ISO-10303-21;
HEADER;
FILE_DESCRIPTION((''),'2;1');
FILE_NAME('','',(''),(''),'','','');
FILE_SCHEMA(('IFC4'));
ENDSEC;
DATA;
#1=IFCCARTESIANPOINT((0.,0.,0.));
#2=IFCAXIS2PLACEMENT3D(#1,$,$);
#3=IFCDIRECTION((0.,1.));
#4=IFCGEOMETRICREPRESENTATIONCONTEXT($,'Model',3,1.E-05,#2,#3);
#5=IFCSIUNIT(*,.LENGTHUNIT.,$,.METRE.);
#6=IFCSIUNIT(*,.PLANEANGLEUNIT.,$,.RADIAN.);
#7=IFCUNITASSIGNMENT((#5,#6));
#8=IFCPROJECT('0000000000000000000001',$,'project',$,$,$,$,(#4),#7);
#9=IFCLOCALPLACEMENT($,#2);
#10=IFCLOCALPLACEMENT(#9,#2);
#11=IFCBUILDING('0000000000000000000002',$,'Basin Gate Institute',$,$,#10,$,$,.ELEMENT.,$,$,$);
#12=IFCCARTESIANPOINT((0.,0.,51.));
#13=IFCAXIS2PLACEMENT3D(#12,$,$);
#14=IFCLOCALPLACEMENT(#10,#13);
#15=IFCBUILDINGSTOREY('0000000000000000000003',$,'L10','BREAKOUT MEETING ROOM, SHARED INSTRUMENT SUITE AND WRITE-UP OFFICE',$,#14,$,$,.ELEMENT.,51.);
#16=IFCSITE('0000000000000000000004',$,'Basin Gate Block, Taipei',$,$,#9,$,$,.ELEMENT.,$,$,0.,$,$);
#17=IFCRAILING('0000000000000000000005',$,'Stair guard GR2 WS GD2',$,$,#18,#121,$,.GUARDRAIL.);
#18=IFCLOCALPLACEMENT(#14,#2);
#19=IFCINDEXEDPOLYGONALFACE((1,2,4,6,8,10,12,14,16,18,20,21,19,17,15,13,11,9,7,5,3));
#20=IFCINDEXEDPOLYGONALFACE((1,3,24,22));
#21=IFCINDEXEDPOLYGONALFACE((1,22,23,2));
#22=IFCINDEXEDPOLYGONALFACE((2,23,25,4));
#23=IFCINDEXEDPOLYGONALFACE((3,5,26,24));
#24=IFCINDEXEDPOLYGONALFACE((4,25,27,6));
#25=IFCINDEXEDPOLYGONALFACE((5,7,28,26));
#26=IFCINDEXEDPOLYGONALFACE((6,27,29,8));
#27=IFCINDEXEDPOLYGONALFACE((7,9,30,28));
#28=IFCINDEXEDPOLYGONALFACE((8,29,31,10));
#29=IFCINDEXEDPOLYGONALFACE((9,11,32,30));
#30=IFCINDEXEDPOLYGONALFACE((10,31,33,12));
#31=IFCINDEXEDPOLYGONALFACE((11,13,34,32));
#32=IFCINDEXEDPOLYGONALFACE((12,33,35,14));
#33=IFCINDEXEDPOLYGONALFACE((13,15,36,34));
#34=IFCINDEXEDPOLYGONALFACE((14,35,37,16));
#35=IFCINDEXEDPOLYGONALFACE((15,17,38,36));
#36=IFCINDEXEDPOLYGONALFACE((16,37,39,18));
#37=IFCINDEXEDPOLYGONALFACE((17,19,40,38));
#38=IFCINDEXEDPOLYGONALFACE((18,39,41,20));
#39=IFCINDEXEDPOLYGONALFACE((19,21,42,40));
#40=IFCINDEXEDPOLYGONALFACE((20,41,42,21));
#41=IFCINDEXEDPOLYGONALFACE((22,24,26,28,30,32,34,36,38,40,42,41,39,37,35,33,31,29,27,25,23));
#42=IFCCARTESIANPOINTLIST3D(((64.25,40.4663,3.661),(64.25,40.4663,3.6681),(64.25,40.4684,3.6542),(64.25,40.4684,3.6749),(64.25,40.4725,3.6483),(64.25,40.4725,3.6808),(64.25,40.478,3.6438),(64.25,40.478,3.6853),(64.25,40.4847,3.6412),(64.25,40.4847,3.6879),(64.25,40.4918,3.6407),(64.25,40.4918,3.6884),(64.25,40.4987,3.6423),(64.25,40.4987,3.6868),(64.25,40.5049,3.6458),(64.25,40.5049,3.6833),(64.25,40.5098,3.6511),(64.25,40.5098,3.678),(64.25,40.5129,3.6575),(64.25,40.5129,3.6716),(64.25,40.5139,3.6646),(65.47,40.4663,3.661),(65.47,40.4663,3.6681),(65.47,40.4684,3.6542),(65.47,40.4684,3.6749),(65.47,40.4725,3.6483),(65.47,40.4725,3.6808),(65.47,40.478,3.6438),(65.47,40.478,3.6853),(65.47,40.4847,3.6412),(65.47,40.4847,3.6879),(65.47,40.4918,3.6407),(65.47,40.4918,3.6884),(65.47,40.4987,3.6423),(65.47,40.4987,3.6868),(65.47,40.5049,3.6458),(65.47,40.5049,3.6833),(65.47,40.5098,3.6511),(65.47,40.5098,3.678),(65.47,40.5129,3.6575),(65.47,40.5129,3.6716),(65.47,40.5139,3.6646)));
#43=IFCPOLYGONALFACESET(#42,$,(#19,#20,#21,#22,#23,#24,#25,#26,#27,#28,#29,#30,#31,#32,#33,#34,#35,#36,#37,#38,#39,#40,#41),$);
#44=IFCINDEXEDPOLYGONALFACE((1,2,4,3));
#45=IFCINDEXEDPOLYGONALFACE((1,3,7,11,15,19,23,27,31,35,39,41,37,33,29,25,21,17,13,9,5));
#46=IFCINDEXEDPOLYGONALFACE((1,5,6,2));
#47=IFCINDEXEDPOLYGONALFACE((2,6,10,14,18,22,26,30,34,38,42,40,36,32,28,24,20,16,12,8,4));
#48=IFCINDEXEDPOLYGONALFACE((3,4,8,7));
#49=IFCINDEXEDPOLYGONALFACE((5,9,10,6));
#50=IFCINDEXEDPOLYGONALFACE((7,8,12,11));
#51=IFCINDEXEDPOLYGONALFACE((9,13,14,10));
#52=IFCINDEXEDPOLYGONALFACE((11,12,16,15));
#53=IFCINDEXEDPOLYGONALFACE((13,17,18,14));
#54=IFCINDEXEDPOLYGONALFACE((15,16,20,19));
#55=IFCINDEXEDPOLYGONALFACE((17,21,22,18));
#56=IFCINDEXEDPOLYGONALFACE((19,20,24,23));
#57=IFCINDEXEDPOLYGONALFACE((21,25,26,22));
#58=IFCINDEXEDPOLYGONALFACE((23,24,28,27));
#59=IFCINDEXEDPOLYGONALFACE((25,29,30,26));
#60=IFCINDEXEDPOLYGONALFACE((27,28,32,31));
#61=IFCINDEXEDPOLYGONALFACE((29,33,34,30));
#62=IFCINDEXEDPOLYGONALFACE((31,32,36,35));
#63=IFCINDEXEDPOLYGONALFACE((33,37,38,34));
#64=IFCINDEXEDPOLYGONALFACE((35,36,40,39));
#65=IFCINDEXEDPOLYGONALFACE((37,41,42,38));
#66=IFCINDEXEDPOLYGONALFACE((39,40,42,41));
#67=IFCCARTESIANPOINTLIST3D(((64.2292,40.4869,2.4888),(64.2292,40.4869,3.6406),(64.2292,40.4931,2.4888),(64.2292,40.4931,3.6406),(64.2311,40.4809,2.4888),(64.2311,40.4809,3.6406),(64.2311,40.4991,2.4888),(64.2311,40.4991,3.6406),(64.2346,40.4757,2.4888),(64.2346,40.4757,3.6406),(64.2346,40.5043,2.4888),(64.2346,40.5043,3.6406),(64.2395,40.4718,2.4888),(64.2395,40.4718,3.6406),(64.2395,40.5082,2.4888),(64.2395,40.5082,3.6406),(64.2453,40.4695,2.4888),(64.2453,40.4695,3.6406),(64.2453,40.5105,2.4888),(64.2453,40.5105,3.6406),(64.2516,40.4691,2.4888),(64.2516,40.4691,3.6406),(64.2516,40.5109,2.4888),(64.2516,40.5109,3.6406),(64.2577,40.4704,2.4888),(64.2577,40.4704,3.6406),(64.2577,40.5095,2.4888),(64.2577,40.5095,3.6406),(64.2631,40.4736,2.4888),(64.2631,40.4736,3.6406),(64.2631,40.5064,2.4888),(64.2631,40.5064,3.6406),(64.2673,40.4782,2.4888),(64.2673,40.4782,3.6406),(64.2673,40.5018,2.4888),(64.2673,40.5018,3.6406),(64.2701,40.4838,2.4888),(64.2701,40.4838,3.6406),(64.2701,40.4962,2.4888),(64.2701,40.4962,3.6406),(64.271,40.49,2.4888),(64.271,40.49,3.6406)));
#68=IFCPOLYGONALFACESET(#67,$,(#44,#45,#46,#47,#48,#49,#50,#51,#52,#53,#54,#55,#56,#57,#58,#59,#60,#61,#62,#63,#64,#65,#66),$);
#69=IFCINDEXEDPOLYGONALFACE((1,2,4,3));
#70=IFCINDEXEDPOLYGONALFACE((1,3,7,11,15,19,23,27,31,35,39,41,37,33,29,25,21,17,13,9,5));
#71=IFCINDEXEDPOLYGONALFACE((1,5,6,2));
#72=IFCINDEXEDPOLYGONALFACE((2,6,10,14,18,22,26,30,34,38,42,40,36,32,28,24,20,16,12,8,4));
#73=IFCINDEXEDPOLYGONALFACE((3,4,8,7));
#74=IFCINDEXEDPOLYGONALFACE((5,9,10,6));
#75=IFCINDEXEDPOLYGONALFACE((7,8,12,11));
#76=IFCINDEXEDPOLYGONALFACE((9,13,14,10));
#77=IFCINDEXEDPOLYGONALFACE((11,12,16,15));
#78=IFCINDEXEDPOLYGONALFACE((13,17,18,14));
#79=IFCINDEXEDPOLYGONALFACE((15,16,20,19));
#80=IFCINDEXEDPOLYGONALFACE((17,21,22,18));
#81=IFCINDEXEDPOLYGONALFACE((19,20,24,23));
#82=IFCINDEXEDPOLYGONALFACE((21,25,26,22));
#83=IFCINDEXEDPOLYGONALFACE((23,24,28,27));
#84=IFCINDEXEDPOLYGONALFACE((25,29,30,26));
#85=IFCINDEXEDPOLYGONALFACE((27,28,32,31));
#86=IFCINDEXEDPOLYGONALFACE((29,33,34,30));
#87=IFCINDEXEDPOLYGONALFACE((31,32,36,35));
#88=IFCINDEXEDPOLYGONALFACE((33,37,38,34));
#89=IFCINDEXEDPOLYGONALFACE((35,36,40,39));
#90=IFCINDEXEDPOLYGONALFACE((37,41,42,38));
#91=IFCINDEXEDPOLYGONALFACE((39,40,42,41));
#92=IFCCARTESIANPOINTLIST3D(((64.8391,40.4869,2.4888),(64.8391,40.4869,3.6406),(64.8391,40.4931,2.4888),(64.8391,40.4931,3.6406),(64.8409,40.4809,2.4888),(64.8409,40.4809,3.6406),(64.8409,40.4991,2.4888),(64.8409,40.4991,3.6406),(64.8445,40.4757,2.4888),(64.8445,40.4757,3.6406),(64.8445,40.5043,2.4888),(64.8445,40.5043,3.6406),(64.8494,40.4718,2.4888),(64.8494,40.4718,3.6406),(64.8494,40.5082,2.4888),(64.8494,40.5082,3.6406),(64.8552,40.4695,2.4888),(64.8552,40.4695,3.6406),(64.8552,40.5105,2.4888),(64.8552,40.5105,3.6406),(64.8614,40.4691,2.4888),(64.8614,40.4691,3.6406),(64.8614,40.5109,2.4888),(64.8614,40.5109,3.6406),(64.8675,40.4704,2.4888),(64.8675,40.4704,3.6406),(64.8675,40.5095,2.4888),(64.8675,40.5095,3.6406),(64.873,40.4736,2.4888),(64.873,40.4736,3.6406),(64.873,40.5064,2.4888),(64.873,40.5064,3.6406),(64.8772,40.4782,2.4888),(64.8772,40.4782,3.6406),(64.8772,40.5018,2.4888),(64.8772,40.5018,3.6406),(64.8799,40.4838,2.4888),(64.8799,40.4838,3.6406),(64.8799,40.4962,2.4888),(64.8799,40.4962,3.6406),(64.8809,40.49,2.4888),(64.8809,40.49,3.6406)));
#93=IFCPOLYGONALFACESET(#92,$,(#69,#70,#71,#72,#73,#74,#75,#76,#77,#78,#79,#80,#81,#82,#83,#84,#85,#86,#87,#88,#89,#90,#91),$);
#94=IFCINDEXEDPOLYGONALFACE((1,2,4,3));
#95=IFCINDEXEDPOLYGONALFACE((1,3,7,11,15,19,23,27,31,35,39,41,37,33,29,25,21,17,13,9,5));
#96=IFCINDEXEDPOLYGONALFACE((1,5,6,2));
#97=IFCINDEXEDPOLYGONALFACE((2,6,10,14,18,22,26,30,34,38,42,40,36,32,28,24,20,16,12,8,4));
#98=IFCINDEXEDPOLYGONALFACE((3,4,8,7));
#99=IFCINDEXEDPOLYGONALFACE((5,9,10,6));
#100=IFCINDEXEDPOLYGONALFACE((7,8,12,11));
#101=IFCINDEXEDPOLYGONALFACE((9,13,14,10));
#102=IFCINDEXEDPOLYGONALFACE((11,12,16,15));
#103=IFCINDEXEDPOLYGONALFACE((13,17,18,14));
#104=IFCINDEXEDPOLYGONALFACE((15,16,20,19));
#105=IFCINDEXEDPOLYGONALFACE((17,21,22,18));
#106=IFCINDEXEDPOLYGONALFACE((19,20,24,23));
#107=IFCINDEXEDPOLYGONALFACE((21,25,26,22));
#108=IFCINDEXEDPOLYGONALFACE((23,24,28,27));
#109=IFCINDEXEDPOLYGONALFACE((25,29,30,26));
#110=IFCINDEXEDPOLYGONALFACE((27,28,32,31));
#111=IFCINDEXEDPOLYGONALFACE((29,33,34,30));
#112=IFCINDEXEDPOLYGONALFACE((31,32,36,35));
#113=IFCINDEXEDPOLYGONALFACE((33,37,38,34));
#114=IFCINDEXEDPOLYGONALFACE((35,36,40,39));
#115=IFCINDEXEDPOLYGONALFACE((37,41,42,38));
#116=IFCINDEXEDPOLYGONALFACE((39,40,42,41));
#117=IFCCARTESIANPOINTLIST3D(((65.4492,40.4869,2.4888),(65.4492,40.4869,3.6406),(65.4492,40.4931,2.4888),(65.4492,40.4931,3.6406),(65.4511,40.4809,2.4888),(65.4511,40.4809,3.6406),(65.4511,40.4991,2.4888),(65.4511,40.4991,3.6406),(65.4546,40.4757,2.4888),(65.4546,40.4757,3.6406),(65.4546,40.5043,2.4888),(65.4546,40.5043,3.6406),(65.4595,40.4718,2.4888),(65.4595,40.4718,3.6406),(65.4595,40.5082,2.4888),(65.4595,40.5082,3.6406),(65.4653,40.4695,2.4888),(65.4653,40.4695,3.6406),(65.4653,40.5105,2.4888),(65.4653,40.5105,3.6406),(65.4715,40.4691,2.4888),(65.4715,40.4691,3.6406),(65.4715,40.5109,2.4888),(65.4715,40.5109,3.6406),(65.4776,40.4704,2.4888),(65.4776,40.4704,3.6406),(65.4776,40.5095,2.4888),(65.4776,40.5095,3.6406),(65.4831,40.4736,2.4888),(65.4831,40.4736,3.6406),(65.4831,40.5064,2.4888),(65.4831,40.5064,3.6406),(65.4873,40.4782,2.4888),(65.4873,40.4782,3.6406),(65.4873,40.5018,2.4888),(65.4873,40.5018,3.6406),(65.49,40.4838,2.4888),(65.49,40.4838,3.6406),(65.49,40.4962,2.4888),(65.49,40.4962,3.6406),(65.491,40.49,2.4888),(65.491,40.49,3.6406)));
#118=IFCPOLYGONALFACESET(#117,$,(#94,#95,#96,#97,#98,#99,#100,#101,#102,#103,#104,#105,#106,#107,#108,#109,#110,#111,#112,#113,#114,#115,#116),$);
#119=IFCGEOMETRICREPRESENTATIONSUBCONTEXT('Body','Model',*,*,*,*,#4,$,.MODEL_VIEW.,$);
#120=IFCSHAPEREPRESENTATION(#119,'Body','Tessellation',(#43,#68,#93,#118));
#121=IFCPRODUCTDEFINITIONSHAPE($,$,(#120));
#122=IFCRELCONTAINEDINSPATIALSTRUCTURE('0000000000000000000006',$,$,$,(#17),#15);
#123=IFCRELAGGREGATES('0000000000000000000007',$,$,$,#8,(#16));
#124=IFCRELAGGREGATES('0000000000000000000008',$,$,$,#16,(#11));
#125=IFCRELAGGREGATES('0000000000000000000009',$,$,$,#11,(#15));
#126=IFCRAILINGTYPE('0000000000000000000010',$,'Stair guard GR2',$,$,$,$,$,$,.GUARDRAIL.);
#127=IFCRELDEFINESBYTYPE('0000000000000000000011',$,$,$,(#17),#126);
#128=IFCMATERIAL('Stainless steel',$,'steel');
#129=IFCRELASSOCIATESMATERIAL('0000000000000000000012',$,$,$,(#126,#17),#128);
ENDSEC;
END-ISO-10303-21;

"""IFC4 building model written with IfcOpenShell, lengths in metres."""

from ifc_helpers import new_model, si_unit, direction, frame, origin, origin_2d, place, context, subcontext, project, spatial, circle, extrude, material, type_object, element, save


model = new_model("IFC4")

# Units and contexts
model_context = context("Model", 3, precision=1e-05, world=origin(), true_north=direction((0.0, 1.0)))
body_context = subcontext(model_context, "Body", "Model", "MODEL_VIEW")
ifc_project = project(units=[si_unit("LENGTHUNIT", "METRE"), si_unit("PLANEANGLEUNIT", "RADIAN")], contexts=[model_context])

# Site, building, storey
site_placement = place(None, origin())
site = spatial("IfcSite", under=ifc_project, at=site_placement, Name="Basin Gate Block, Taipei", CompositionType="ELEMENT", RefElevation=0.0)
building_placement = place(site_placement, origin())
building = spatial("IfcBuilding", under=site, at=building_placement, Name="Basin Gate Institute", CompositionType="ELEMENT")
storey_placement = place(building_placement, frame((0.0, 0.0, 51.0)))
storey = spatial("IfcBuildingStorey", under=building, at=storey_placement, Name="L10", Description="BREAKOUT MEETING ROOM, SHARED INSTRUMENT SUITE AND WRITE-UP OFFICE", CompositionType="ELEMENT", Elevation=51.0)

# Railing
ifc_material_1 = material(Name="Stainless steel", Category="steel")
railing_type_1 = type_object("IfcRailingType", Name="Stair guard GR2", PredefinedType="GUARDRAIL", material=ifc_material_1)
railing_1_placement = place(storey_placement, frame((64.25, 40.49, 2.4888)))
element("IfcRailing", 1, at=railing_1_placement, inside=storey, type_object=railing_type_1, material=ifc_material_1, Name="Stair guard GR2 WS GD2", PredefinedType="GUARDRAIL", context=body_context, shape_type="SweptSolid", body=[
    extrude(circle(Radius=0.0239, at=origin_2d()), frame((0.0, 0.0, 1.1758), z_axis=(1.0, 0.0, 0.0), x_axis=(0.0, 1.0, 0.0)), (0.0, 0.0, 1.0), 1.22),
    extrude(circle(Radius=0.021, at=origin_2d()), origin(), (0.0, 0.0, 1.0), 1.1519),
    extrude(circle(Radius=0.021, at=origin_2d()), frame((0.6099, 0.0, 0.0)), (0.0, 0.0, 1.0), 1.1519),
    extrude(circle(Radius=0.021, at=origin_2d()), frame((1.22, 0.0, 0.0)), (0.0, 0.0, 1.0), 1.1519),
])

save(model, "model.ifc")
